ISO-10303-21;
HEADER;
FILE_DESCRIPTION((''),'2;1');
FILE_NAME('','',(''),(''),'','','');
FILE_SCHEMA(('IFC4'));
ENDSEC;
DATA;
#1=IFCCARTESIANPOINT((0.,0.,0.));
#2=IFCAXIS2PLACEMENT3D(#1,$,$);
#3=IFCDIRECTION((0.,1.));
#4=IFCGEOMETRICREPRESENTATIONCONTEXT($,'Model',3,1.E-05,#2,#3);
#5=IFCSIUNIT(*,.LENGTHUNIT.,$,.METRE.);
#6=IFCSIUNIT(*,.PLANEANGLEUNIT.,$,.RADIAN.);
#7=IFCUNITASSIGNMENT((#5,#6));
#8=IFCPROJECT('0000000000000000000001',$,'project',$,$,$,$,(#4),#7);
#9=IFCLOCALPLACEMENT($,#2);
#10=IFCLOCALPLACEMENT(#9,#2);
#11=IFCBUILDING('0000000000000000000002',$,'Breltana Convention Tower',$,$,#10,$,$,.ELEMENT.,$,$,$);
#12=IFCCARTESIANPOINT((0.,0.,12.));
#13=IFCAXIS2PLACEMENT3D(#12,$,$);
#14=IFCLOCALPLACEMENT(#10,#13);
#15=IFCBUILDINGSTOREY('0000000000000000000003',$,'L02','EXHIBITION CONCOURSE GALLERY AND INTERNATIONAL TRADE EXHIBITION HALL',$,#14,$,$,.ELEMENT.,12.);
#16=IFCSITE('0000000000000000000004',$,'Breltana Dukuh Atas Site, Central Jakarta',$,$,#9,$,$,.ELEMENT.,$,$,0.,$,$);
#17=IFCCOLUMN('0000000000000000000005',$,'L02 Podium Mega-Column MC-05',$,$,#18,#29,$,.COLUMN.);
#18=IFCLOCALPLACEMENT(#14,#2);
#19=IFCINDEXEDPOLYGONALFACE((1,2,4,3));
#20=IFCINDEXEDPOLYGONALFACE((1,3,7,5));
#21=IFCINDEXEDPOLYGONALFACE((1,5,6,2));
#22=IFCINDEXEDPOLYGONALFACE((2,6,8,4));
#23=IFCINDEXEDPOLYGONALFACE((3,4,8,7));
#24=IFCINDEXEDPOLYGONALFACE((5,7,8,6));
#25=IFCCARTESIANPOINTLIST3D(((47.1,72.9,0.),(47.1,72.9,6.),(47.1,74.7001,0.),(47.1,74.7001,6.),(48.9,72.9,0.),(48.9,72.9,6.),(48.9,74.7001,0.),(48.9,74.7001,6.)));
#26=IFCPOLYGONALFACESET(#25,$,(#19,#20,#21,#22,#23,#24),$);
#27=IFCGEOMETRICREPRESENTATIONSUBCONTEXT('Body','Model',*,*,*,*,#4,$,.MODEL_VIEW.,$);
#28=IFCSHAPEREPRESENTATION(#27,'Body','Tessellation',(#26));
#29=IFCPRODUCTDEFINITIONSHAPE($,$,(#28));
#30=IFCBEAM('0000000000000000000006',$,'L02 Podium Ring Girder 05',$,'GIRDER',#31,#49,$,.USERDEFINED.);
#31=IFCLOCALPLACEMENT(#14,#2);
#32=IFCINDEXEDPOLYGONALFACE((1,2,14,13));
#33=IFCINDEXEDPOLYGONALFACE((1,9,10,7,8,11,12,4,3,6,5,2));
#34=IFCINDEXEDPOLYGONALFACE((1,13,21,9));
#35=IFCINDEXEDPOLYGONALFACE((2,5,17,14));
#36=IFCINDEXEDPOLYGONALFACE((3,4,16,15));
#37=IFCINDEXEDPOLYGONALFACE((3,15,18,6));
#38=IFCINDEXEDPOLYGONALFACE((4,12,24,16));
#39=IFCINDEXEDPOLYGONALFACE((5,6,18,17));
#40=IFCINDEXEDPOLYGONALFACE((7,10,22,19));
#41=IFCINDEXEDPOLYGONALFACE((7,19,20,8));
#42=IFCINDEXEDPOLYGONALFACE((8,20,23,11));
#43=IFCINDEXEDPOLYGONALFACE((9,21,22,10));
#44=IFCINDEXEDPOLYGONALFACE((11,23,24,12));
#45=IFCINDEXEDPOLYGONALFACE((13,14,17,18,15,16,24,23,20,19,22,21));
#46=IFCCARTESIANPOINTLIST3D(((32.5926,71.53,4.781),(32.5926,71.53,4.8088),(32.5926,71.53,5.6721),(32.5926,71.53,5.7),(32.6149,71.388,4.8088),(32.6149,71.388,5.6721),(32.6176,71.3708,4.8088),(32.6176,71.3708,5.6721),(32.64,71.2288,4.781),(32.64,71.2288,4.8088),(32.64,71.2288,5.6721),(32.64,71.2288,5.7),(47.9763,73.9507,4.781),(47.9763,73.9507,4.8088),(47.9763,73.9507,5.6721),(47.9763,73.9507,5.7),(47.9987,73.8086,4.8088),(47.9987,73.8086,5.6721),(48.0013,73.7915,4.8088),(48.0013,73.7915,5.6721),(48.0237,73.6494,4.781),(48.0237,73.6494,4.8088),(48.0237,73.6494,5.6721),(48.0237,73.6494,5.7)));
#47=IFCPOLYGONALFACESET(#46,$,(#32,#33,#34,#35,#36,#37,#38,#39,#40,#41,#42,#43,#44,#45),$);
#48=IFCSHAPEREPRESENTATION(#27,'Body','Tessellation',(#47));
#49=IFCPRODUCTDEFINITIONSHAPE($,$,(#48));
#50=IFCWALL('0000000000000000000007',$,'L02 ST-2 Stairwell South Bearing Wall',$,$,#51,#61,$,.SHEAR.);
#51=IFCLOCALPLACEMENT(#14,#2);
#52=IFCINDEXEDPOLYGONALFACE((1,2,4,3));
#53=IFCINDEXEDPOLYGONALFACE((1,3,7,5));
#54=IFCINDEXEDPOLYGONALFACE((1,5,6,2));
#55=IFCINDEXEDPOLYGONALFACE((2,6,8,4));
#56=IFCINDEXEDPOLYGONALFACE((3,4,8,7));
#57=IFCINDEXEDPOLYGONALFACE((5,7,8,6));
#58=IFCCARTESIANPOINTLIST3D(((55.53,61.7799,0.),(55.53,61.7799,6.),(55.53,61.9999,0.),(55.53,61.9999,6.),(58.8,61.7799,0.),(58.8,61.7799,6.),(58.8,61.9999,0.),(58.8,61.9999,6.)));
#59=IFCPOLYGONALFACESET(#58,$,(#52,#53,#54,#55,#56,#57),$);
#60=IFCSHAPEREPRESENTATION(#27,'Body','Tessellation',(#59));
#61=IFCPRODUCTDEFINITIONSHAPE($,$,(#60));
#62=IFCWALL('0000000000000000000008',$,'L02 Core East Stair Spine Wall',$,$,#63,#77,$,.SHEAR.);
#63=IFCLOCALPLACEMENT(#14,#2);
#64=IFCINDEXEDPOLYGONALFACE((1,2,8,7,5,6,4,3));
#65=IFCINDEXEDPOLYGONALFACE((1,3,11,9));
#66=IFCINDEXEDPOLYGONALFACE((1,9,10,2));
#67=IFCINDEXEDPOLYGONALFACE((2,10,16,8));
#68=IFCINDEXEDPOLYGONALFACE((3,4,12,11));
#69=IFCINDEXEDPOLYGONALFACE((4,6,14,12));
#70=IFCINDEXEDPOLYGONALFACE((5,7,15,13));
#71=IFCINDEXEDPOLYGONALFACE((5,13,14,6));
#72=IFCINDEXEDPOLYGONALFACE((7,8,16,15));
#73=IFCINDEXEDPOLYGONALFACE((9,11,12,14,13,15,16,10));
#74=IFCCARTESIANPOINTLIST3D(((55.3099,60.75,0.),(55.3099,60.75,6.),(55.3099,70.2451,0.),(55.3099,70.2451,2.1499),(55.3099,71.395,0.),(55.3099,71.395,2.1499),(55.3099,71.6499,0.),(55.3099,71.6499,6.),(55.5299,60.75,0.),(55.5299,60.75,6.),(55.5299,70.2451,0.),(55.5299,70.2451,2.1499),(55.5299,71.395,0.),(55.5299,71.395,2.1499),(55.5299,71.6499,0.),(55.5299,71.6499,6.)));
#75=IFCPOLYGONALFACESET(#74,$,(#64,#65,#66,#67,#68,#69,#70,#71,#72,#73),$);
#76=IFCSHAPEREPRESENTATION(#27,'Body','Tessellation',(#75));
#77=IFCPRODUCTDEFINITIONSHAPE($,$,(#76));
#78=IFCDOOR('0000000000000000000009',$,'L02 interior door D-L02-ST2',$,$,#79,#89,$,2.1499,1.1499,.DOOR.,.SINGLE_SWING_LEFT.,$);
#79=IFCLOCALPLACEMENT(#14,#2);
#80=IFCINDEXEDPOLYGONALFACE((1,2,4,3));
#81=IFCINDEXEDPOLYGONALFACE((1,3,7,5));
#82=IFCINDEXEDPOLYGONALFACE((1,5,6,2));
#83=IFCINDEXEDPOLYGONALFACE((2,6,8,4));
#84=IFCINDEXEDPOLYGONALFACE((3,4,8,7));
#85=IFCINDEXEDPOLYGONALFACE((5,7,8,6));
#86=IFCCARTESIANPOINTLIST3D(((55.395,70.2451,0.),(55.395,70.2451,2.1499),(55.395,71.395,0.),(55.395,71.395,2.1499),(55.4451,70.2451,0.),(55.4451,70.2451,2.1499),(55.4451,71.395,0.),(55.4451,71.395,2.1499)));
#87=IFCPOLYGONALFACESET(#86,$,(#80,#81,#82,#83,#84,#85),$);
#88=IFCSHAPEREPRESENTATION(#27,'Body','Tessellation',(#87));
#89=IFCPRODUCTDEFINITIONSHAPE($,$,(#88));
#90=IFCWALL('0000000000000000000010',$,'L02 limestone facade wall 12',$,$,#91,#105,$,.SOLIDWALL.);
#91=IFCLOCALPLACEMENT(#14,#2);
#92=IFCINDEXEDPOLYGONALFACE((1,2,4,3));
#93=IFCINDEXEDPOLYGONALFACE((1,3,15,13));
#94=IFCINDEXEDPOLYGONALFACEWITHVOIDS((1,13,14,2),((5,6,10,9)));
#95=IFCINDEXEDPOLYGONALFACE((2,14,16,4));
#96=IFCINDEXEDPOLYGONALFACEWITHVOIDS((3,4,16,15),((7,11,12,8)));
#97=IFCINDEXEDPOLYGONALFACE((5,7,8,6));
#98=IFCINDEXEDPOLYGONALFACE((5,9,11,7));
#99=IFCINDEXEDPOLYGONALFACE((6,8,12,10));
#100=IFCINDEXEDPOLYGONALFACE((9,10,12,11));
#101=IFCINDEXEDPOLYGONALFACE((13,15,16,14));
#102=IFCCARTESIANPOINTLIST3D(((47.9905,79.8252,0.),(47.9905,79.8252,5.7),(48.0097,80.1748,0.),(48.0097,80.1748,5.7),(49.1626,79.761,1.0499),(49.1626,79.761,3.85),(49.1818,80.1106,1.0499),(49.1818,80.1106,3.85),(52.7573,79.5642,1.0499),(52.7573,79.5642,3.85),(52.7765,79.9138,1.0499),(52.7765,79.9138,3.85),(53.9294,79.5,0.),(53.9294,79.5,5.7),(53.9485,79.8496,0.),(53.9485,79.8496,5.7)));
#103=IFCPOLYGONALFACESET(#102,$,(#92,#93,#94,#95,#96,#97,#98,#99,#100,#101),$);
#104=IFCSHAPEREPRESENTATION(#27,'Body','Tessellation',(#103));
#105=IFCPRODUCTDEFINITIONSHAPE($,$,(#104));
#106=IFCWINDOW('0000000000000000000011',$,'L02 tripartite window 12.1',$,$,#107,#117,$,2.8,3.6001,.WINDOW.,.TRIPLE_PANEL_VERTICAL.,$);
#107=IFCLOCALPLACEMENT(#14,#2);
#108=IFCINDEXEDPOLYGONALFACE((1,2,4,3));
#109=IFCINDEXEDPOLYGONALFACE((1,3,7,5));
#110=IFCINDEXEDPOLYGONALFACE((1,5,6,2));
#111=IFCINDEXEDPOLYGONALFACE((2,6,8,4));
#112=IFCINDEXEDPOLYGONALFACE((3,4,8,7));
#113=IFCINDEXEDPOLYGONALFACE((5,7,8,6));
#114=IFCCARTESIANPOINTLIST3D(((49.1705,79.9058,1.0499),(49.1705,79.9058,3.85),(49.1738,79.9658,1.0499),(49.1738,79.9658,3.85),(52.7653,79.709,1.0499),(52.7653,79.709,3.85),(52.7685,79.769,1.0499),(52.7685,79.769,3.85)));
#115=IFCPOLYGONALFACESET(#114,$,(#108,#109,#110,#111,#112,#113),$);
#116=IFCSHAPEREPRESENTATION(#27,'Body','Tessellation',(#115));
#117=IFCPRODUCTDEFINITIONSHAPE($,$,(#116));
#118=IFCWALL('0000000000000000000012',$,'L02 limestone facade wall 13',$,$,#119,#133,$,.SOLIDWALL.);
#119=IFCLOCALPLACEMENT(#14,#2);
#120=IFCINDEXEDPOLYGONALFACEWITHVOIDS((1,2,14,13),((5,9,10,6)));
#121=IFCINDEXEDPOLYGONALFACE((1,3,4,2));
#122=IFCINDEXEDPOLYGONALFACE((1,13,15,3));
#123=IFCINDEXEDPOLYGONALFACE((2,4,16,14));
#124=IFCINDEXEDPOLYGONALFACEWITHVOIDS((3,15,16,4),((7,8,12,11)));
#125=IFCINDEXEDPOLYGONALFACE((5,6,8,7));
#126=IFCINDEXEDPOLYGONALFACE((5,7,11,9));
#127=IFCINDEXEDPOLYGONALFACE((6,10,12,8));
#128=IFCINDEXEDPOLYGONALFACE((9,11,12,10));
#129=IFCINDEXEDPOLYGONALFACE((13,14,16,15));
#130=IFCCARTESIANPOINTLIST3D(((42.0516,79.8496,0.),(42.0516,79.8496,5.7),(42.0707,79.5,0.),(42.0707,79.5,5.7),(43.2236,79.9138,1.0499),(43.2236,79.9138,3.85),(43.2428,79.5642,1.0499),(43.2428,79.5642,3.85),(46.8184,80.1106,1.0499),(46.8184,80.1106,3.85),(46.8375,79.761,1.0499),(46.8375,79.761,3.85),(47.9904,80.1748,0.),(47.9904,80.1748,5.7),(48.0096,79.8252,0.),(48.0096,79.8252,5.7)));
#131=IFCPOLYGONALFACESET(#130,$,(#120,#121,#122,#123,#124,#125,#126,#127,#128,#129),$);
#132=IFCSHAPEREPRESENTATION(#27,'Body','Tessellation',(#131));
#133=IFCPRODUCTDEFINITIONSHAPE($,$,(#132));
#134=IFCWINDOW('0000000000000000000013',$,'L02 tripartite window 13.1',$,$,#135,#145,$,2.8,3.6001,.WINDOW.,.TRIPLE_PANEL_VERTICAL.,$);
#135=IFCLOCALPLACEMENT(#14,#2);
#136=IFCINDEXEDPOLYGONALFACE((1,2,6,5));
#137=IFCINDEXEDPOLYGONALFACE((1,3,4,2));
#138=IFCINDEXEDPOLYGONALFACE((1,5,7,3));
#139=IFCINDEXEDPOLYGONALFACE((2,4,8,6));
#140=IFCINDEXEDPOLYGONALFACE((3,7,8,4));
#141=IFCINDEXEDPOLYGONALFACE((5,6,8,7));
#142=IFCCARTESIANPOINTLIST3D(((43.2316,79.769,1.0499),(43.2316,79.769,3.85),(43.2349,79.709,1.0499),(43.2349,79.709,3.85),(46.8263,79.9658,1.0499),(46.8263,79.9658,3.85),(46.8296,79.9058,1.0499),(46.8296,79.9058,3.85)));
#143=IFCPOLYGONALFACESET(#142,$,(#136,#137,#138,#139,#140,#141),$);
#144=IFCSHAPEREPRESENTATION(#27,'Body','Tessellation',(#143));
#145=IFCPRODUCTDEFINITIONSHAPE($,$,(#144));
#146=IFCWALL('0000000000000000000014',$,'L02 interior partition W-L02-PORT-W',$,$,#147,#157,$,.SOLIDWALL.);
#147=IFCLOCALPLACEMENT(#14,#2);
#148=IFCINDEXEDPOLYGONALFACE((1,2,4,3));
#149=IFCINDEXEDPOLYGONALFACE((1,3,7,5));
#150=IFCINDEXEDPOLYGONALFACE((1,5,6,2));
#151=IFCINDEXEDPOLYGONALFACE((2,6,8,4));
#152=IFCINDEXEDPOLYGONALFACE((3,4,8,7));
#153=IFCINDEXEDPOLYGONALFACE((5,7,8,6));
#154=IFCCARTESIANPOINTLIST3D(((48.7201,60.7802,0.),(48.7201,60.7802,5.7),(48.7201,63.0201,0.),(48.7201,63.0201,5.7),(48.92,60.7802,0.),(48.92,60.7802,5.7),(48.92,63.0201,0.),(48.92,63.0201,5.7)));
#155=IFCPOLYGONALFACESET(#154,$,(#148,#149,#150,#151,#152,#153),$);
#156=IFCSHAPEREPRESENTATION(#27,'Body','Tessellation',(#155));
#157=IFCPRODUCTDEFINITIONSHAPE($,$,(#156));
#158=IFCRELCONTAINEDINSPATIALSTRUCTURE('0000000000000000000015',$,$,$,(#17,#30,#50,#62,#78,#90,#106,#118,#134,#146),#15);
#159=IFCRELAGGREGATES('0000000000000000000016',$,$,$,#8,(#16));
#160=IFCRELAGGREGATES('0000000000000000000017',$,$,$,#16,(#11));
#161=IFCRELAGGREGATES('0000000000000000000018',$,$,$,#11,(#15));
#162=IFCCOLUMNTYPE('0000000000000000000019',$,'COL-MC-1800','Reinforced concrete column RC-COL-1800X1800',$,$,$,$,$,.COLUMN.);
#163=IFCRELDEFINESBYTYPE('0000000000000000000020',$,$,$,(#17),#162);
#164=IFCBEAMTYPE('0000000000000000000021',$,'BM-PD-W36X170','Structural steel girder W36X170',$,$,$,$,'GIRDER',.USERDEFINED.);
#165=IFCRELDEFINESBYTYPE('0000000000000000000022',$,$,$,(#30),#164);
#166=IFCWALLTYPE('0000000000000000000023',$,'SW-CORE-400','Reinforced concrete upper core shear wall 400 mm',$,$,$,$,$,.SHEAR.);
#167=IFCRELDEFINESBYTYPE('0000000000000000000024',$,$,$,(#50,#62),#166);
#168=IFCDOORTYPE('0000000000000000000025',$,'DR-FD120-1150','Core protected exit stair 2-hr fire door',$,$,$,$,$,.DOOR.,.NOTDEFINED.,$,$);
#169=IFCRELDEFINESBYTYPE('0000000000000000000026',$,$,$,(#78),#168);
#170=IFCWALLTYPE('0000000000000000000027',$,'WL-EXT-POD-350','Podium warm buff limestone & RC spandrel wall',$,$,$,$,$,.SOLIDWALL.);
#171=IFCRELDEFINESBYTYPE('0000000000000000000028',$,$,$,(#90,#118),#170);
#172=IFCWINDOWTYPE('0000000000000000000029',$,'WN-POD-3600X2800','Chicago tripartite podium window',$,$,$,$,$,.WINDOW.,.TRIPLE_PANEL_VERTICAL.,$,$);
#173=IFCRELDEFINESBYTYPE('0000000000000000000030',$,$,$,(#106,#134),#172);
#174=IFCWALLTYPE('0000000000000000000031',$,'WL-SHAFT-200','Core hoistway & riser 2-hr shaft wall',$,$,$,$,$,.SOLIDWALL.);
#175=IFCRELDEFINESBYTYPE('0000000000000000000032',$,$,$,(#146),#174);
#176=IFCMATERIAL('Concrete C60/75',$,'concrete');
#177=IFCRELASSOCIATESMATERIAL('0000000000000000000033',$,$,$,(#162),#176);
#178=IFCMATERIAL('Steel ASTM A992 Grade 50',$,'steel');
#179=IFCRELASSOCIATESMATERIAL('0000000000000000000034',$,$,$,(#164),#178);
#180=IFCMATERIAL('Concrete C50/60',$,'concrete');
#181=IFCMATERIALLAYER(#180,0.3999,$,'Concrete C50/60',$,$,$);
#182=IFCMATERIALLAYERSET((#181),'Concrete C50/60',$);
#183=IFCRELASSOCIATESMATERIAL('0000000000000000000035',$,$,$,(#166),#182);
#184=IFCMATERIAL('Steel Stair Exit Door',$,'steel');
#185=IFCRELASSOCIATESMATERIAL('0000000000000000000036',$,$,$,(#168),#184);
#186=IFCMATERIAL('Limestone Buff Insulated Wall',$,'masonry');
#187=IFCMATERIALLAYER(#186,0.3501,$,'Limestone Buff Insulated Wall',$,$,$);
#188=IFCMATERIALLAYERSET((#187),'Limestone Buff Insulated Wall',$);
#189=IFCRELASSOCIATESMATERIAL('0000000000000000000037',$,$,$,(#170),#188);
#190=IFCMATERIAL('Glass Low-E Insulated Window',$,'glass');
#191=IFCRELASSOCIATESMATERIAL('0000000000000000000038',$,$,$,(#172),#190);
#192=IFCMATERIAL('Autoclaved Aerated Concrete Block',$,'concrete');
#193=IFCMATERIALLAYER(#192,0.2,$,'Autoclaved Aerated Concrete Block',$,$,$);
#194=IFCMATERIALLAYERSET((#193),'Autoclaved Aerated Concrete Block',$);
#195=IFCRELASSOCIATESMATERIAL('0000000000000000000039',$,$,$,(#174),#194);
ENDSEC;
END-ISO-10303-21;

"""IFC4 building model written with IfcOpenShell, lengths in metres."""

from ifc_helpers import new_model, si_unit, direction, frame, frame_2d, origin, origin_2d, place, context, subcontext, project, spatial, rectangle, i_section, extrude, source, transform, mapped, material, layer, layer_set, material_profile, profile_set, type_object, type_shapes, element, fill, save


model = new_model("IFC4")

# Units and contexts
model_context = context("Model", 3, precision=1e-05, world=origin(), true_north=direction((0.0, 1.0)))
body_context = subcontext(model_context, "Body", "Model", "MODEL_VIEW")
ifc_project = project(units=[si_unit("LENGTHUNIT", "METRE"), si_unit("PLANEANGLEUNIT", "RADIAN")], contexts=[model_context])

# Site, building, storey
site_placement = place(None, origin())
site = spatial("IfcSite", under=ifc_project, at=site_placement, Name="Breltana Dukuh Atas Site, Central Jakarta", CompositionType="ELEMENT", RefElevation=0.0)
building_placement = place(site_placement, origin())
building = spatial("IfcBuilding", under=site, at=building_placement, Name="Breltana Convention Tower", CompositionType="ELEMENT")
storey_placement = place(building_placement, frame((0.0, 0.0, 12.0)))
storey = spatial("IfcBuildingStorey", under=building, at=storey_placement, Name="L02", Description="EXHIBITION CONCOURSE GALLERY AND INTERNATIONAL TRADE EXHIBITION HALL", CompositionType="ELEMENT", Elevation=12.0)

# Column
ifc_material_1 = material(Name="Concrete C60/75", Category="concrete")
ifc_material_profile_1 = material_profile(ifc_material_1, rectangle(XDim=1.8, YDim=1.8, at=origin_2d()), Name="RC-COL-1800X1800")
ifc_profile_set_1 = profile_set([ifc_material_profile_1], Name="Concrete C60/75")
column_type = type_object("IfcColumnType", Name="COL-MC-1800", Description="Reinforced concrete column RC-COL-1800X1800", PredefinedType="COLUMN", material=ifc_profile_set_1)
shared_shape_1 = source(origin(), body_context, "Body", "SweptSolid", [
    extrude(rectangle(XDim=1.8, YDim=1.8, at=origin_2d()), origin(), (0.0, 0.0, 1.0), 6.0),
])
type_shapes(column_type, [shared_shape_1])
column_placement = place(storey_placement, frame((48.0, 73.8, 0.0), z_axis=(0.0, 0.0, 1.0), x_axis=(0.0, 1.0, 0.0)))
element("IfcColumn", 1, at=column_placement, inside=storey, type_object=column_type, Name="L02 Podium Mega-Column MC-05", PredefinedType="COLUMN", context=body_context, shape_type="MappedRepresentation", body=[
    mapped(shared_shape_1, transform((0.0, 0.0, 0.0), scale=1.0)),
])

# Beam
ifc_material_2 = material(Name="Steel ASTM A992 Grade 50", Category="steel")
ifc_material_profile_2 = material_profile(ifc_material_2, i_section(OverallWidth=0.3049, OverallDepth=0.9189, WebThickness=0.0173, FlangeThickness=0.0278, at=origin_2d()), Name="W36X170")
ifc_profile_set_2 = profile_set([ifc_material_profile_2], Name="Steel ASTM A992 Grade 50")
beam_type = type_object("IfcBeamType", Name="BM-PD-W36X170", Description="Structural steel girder W36X170", ElementType="GIRDER", PredefinedType="USERDEFINED", material=ifc_profile_set_2)
shared_shape_2 = source(origin(), body_context, "Body", "SweptSolid", [
    extrude(i_section(OverallWidth=0.3049, OverallDepth=0.9189, WebThickness=0.0173, FlangeThickness=0.0278, at=origin_2d()), origin(), (0.0, 0.0, 1.0), 15.573),
])
beam_placement = place(storey_placement, frame((48.0, 73.8, 5.2405), z_axis=(-0.987846, -0.155438, 0.0), x_axis=(0.155438, -0.987846, 0.0)))
element("IfcBeam", 2, at=beam_placement, inside=storey, type_object=beam_type, Name="L02 Podium Ring Girder 05", ObjectType="GIRDER", PredefinedType="USERDEFINED", context=body_context, shape_type="MappedRepresentation", body=[
    mapped(shared_shape_2, transform((0.0, 0.0, 0.0), scale=1.0)),
])

# Wall
ifc_material_3 = material(Name="Concrete C50/60", Category="concrete")
ifc_layer_1 = layer(ifc_material_3, 0.3999, Name="Concrete C50/60")
ifc_layer_set_1 = layer_set([ifc_layer_1], Name="Concrete C50/60")
wall_type_1 = type_object("IfcWallType", Name="SW-CORE-400", Description="Reinforced concrete upper core shear wall 400 mm", PredefinedType="SHEAR", material=ifc_layer_set_1)
shared_shape_3 = source(origin(), body_context, "Body", "SweptSolid", [
    extrude(rectangle(XDim=3.27, YDim=0.22, at=frame_2d((1.635, 0.0))), origin(), (0.0, 0.0, 1.0), 6.0),
])
wall_1_placement = place(storey_placement, frame((55.53, 61.8899, 0.0), z_axis=(0.0, 0.0, 1.0), x_axis=(1.0, 0.0, 0.0)))
element("IfcWall", 3, at=wall_1_placement, inside=storey, type_object=wall_type_1, Name="L02 ST-2 Stairwell South Bearing Wall", PredefinedType="SHEAR", context=body_context, shape_type="MappedRepresentation", body=[
    mapped(shared_shape_3, transform((0.0, 0.0, 0.0), scale=1.0)),
])

# Wall, opening, door
shared_shape_4 = source(origin(), body_context, "Body", "SweptSolid", [
    extrude(rectangle(XDim=10.8999, YDim=0.22, at=frame_2d((5.45, 0.0))), origin(), (0.0, 0.0, 1.0), 6.0),
])
wall_2_placement = place(storey_placement, frame((55.4199, 60.75, 0.0), z_axis=(0.0, 0.0, 1.0), x_axis=(0.0, 1.0, 0.0)))
wall_2 = element("IfcWall", 4, at=wall_2_placement, inside=storey, type_object=wall_type_1, Name="L02 Core East Stair Spine Wall", PredefinedType="SHEAR", context=body_context, shape_type="MappedRepresentation", body=[
    mapped(shared_shape_4, transform((0.0, 0.0, 0.0), scale=1.0)),
])
opening_1_placement = place(wall_2_placement, frame((9.4951, 0.0, 0.0)))
opening_1 = element("IfcOpeningElement", 5, at=opening_1_placement, cuts=wall_2, PredefinedType="OPENING", context=body_context, shape_type="SweptSolid", body=[
    extrude(rectangle(XDim=1.1499, YDim=2.1499, at=frame_2d((0.575, 1.075))), frame((0.0, 0.1201, 0.0), z_axis=(0.0, -1.0, 0.0), x_axis=(1.0, 0.0, 0.0)), (0.0, 0.0, 1.0), 0.24),
])
ifc_material_4 = material(Name="Steel Stair Exit Door", Category="steel")
door_type_1 = type_object("IfcDoorType", Name="DR-FD120-1150", Description="Core protected exit stair 2-hr fire door", OperationType="NOTDEFINED", PredefinedType="DOOR", material=ifc_material_4)
shared_shape_5 = source(origin(), body_context, "Body", "SweptSolid", [
    extrude(rectangle(XDim=1.1499, YDim=2.1499, at=frame_2d((0.575, 1.075))), frame((0.0, 0.0249, 0.0), z_axis=(0.0, -1.0, 0.0), x_axis=(1.0, 0.0, 0.0)), (0.0, 0.0, 1.0), 0.05),
])
type_shapes(door_type_1, [shared_shape_5])
door_1_placement = place(opening_1_placement, origin())
door_1 = element("IfcDoor", 6, at=door_1_placement, inside=storey, type_object=door_type_1, Name="L02 interior door D-L02-ST2", OperationType="SINGLE_SWING_LEFT", OverallHeight=2.1499, OverallWidth=1.1499, PredefinedType="DOOR", context=body_context, shape_type="MappedRepresentation", body=[
    mapped(shared_shape_5, transform((0.0, 0.0, 0.0), scale=1.0)),
])
fill(opening_1, door_1)

# Walls, openings, windows
ifc_material_5 = material(Name="Limestone Buff Insulated Wall", Category="masonry")
ifc_layer_2 = layer(ifc_material_5, 0.3501, Name="Limestone Buff Insulated Wall")
ifc_layer_set_2 = layer_set([ifc_layer_2], Name="Limestone Buff Insulated Wall")
wall_type_2 = type_object("IfcWallType", Name="WL-EXT-POD-350", Description="Podium warm buff limestone & RC spandrel wall", PredefinedType="SOLIDWALL", material=ifc_layer_set_2)
shared_shape_6 = source(origin(), body_context, "Body", "SweptSolid", [
    extrude(rectangle(XDim=5.9478, YDim=0.3501, at=frame_2d((2.9739, 0.0))), origin(), (0.0, 0.0, 1.0), 5.7),
])
wall_3_placement = place(storey_placement, frame((53.939, 79.6748, 0.0), z_axis=(0.0, 0.0, 1.0), x_axis=(-0.998504, 0.054674, 0.0)))
wall_3 = element("IfcWall", 7, at=wall_3_placement, inside=storey, type_object=wall_type_2, Name="L02 limestone facade wall 12", PredefinedType="SOLIDWALL", context=body_context, shape_type="MappedRepresentation", body=[
    mapped(shared_shape_6, transform((0.0, 0.0, 0.0), scale=1.0)),
])
opening_2_placement = place(wall_3_placement, frame((1.1738, 0.0, 1.05)))
opening_2 = element("IfcOpeningElement", 8, at=opening_2_placement, cuts=wall_3, PredefinedType="OPENING", context=body_context, shape_type="SweptSolid", body=[
    extrude(rectangle(XDim=3.6001, YDim=2.8, at=frame_2d((1.8, 1.3999))), frame((0.0, 0.1851, 0.0), z_axis=(0.0, -1.0, 0.0), x_axis=(1.0, 0.0, 0.0)), (0.0, 0.0, 1.0), 0.3701),
])
ifc_material_6 = material(Name="Glass Low-E Insulated Window", Category="glass")
window_type = type_object("IfcWindowType", Name="WN-POD-3600X2800", Description="Chicago tripartite podium window", PartitioningType="TRIPLE_PANEL_VERTICAL", PredefinedType="WINDOW", material=ifc_material_6)
shared_shape_7 = source(origin(), body_context, "Body", "SweptSolid", [
    extrude(rectangle(XDim=3.6001, YDim=2.8, at=frame_2d((1.8, 1.3999))), frame((0.0, 0.03, 0.0), z_axis=(0.0, -1.0, 0.0), x_axis=(1.0, 0.0, 0.0)), (0.0, 0.0, 1.0), 0.0601),
])
type_shapes(window_type, [shared_shape_7])
window_1_placement = place(opening_2_placement, origin())
window_1 = element("IfcWindow", 9, at=window_1_placement, inside=storey, type_object=window_type, Name="L02 tripartite window 12.1", OverallHeight=2.8, OverallWidth=3.6001, PartitioningType="TRIPLE_PANEL_VERTICAL", PredefinedType="WINDOW", context=body_context, shape_type="MappedRepresentation", body=[
    mapped(shared_shape_7, transform((0.0, 0.0, 0.0), scale=1.0)),
])
fill(opening_2, window_1)
wall_4_placement = place(storey_placement, frame((48.0, 80.0, 0.0), z_axis=(0.0, 0.0, 1.0), x_axis=(-0.998504, -0.054674, 0.0)))
wall_4 = element("IfcWall", 10, at=wall_4_placement, inside=storey, type_object=wall_type_2, Name="L02 limestone facade wall 13", PredefinedType="SOLIDWALL", context=body_context, shape_type="MappedRepresentation", body=[
    mapped(shared_shape_6, transform((0.0, 0.0, 0.0), scale=1.0)),
])
opening_3_placement = place(wall_4_placement, frame((1.1738, 0.0, 1.05)))
opening_3 = element("IfcOpeningElement", 11, at=opening_3_placement, cuts=wall_4, PredefinedType="OPENING", context=body_context, shape_type="SweptSolid", body=[
    extrude(rectangle(XDim=3.6001, YDim=2.8, at=frame_2d((1.8, 1.3999))), frame((0.0, 0.1851, 0.0), z_axis=(0.0, -1.0, 0.0), x_axis=(1.0, 0.0, 0.0)), (0.0, 0.0, 1.0), 0.3701),
])
window_2_placement = place(opening_3_placement, origin())
window_2 = element("IfcWindow", 12, at=window_2_placement, inside=storey, type_object=window_type, Name="L02 tripartite window 13.1", OverallHeight=2.8, OverallWidth=3.6001, PartitioningType="TRIPLE_PANEL_VERTICAL", PredefinedType="WINDOW", context=body_context, shape_type="MappedRepresentation", body=[
    mapped(shared_shape_7, transform((0.0, 0.0, 0.0), scale=1.0)),
])
fill(opening_3, window_2)

# Wall
ifc_material_7 = material(Name="Autoclaved Aerated Concrete Block", Category="concrete")
ifc_layer_3 = layer(ifc_material_7, 0.2, Name="Autoclaved Aerated Concrete Block")
ifc_layer_set_3 = layer_set([ifc_layer_3], Name="Autoclaved Aerated Concrete Block")
wall_type_3 = type_object("IfcWallType", Name="WL-SHAFT-200", Description="Core hoistway & riser 2-hr shaft wall", PredefinedType="SOLIDWALL", material=ifc_layer_set_3)
shared_shape_8 = source(origin(), body_context, "Body", "SweptSolid", [
    extrude(rectangle(XDim=2.24, YDim=0.2, at=frame_2d((1.1201, 0.0))), origin(), (0.0, 0.0, 1.0), 5.7),
])
for number, where, z_axis, x_axis, name in (
    (13, (48.8201, 60.78, 0.0), (0.0, 0.0, 1.0), (0.0, 1.0, 0.0), "L02 interior partition W-L02-PORT-W"),
):
    element("IfcWall", number, at=place(storey_placement, frame(where, z_axis=z_axis, x_axis=x_axis)), inside=storey, type_object=wall_type_3, Name=name, PredefinedType="SOLIDWALL", context=body_context, shape_type="MappedRepresentation", body=[
        mapped(shared_shape_8, transform((0.0, 0.0, 0.0), scale=1.0)),
    ])

save(model, "model.ifc")
